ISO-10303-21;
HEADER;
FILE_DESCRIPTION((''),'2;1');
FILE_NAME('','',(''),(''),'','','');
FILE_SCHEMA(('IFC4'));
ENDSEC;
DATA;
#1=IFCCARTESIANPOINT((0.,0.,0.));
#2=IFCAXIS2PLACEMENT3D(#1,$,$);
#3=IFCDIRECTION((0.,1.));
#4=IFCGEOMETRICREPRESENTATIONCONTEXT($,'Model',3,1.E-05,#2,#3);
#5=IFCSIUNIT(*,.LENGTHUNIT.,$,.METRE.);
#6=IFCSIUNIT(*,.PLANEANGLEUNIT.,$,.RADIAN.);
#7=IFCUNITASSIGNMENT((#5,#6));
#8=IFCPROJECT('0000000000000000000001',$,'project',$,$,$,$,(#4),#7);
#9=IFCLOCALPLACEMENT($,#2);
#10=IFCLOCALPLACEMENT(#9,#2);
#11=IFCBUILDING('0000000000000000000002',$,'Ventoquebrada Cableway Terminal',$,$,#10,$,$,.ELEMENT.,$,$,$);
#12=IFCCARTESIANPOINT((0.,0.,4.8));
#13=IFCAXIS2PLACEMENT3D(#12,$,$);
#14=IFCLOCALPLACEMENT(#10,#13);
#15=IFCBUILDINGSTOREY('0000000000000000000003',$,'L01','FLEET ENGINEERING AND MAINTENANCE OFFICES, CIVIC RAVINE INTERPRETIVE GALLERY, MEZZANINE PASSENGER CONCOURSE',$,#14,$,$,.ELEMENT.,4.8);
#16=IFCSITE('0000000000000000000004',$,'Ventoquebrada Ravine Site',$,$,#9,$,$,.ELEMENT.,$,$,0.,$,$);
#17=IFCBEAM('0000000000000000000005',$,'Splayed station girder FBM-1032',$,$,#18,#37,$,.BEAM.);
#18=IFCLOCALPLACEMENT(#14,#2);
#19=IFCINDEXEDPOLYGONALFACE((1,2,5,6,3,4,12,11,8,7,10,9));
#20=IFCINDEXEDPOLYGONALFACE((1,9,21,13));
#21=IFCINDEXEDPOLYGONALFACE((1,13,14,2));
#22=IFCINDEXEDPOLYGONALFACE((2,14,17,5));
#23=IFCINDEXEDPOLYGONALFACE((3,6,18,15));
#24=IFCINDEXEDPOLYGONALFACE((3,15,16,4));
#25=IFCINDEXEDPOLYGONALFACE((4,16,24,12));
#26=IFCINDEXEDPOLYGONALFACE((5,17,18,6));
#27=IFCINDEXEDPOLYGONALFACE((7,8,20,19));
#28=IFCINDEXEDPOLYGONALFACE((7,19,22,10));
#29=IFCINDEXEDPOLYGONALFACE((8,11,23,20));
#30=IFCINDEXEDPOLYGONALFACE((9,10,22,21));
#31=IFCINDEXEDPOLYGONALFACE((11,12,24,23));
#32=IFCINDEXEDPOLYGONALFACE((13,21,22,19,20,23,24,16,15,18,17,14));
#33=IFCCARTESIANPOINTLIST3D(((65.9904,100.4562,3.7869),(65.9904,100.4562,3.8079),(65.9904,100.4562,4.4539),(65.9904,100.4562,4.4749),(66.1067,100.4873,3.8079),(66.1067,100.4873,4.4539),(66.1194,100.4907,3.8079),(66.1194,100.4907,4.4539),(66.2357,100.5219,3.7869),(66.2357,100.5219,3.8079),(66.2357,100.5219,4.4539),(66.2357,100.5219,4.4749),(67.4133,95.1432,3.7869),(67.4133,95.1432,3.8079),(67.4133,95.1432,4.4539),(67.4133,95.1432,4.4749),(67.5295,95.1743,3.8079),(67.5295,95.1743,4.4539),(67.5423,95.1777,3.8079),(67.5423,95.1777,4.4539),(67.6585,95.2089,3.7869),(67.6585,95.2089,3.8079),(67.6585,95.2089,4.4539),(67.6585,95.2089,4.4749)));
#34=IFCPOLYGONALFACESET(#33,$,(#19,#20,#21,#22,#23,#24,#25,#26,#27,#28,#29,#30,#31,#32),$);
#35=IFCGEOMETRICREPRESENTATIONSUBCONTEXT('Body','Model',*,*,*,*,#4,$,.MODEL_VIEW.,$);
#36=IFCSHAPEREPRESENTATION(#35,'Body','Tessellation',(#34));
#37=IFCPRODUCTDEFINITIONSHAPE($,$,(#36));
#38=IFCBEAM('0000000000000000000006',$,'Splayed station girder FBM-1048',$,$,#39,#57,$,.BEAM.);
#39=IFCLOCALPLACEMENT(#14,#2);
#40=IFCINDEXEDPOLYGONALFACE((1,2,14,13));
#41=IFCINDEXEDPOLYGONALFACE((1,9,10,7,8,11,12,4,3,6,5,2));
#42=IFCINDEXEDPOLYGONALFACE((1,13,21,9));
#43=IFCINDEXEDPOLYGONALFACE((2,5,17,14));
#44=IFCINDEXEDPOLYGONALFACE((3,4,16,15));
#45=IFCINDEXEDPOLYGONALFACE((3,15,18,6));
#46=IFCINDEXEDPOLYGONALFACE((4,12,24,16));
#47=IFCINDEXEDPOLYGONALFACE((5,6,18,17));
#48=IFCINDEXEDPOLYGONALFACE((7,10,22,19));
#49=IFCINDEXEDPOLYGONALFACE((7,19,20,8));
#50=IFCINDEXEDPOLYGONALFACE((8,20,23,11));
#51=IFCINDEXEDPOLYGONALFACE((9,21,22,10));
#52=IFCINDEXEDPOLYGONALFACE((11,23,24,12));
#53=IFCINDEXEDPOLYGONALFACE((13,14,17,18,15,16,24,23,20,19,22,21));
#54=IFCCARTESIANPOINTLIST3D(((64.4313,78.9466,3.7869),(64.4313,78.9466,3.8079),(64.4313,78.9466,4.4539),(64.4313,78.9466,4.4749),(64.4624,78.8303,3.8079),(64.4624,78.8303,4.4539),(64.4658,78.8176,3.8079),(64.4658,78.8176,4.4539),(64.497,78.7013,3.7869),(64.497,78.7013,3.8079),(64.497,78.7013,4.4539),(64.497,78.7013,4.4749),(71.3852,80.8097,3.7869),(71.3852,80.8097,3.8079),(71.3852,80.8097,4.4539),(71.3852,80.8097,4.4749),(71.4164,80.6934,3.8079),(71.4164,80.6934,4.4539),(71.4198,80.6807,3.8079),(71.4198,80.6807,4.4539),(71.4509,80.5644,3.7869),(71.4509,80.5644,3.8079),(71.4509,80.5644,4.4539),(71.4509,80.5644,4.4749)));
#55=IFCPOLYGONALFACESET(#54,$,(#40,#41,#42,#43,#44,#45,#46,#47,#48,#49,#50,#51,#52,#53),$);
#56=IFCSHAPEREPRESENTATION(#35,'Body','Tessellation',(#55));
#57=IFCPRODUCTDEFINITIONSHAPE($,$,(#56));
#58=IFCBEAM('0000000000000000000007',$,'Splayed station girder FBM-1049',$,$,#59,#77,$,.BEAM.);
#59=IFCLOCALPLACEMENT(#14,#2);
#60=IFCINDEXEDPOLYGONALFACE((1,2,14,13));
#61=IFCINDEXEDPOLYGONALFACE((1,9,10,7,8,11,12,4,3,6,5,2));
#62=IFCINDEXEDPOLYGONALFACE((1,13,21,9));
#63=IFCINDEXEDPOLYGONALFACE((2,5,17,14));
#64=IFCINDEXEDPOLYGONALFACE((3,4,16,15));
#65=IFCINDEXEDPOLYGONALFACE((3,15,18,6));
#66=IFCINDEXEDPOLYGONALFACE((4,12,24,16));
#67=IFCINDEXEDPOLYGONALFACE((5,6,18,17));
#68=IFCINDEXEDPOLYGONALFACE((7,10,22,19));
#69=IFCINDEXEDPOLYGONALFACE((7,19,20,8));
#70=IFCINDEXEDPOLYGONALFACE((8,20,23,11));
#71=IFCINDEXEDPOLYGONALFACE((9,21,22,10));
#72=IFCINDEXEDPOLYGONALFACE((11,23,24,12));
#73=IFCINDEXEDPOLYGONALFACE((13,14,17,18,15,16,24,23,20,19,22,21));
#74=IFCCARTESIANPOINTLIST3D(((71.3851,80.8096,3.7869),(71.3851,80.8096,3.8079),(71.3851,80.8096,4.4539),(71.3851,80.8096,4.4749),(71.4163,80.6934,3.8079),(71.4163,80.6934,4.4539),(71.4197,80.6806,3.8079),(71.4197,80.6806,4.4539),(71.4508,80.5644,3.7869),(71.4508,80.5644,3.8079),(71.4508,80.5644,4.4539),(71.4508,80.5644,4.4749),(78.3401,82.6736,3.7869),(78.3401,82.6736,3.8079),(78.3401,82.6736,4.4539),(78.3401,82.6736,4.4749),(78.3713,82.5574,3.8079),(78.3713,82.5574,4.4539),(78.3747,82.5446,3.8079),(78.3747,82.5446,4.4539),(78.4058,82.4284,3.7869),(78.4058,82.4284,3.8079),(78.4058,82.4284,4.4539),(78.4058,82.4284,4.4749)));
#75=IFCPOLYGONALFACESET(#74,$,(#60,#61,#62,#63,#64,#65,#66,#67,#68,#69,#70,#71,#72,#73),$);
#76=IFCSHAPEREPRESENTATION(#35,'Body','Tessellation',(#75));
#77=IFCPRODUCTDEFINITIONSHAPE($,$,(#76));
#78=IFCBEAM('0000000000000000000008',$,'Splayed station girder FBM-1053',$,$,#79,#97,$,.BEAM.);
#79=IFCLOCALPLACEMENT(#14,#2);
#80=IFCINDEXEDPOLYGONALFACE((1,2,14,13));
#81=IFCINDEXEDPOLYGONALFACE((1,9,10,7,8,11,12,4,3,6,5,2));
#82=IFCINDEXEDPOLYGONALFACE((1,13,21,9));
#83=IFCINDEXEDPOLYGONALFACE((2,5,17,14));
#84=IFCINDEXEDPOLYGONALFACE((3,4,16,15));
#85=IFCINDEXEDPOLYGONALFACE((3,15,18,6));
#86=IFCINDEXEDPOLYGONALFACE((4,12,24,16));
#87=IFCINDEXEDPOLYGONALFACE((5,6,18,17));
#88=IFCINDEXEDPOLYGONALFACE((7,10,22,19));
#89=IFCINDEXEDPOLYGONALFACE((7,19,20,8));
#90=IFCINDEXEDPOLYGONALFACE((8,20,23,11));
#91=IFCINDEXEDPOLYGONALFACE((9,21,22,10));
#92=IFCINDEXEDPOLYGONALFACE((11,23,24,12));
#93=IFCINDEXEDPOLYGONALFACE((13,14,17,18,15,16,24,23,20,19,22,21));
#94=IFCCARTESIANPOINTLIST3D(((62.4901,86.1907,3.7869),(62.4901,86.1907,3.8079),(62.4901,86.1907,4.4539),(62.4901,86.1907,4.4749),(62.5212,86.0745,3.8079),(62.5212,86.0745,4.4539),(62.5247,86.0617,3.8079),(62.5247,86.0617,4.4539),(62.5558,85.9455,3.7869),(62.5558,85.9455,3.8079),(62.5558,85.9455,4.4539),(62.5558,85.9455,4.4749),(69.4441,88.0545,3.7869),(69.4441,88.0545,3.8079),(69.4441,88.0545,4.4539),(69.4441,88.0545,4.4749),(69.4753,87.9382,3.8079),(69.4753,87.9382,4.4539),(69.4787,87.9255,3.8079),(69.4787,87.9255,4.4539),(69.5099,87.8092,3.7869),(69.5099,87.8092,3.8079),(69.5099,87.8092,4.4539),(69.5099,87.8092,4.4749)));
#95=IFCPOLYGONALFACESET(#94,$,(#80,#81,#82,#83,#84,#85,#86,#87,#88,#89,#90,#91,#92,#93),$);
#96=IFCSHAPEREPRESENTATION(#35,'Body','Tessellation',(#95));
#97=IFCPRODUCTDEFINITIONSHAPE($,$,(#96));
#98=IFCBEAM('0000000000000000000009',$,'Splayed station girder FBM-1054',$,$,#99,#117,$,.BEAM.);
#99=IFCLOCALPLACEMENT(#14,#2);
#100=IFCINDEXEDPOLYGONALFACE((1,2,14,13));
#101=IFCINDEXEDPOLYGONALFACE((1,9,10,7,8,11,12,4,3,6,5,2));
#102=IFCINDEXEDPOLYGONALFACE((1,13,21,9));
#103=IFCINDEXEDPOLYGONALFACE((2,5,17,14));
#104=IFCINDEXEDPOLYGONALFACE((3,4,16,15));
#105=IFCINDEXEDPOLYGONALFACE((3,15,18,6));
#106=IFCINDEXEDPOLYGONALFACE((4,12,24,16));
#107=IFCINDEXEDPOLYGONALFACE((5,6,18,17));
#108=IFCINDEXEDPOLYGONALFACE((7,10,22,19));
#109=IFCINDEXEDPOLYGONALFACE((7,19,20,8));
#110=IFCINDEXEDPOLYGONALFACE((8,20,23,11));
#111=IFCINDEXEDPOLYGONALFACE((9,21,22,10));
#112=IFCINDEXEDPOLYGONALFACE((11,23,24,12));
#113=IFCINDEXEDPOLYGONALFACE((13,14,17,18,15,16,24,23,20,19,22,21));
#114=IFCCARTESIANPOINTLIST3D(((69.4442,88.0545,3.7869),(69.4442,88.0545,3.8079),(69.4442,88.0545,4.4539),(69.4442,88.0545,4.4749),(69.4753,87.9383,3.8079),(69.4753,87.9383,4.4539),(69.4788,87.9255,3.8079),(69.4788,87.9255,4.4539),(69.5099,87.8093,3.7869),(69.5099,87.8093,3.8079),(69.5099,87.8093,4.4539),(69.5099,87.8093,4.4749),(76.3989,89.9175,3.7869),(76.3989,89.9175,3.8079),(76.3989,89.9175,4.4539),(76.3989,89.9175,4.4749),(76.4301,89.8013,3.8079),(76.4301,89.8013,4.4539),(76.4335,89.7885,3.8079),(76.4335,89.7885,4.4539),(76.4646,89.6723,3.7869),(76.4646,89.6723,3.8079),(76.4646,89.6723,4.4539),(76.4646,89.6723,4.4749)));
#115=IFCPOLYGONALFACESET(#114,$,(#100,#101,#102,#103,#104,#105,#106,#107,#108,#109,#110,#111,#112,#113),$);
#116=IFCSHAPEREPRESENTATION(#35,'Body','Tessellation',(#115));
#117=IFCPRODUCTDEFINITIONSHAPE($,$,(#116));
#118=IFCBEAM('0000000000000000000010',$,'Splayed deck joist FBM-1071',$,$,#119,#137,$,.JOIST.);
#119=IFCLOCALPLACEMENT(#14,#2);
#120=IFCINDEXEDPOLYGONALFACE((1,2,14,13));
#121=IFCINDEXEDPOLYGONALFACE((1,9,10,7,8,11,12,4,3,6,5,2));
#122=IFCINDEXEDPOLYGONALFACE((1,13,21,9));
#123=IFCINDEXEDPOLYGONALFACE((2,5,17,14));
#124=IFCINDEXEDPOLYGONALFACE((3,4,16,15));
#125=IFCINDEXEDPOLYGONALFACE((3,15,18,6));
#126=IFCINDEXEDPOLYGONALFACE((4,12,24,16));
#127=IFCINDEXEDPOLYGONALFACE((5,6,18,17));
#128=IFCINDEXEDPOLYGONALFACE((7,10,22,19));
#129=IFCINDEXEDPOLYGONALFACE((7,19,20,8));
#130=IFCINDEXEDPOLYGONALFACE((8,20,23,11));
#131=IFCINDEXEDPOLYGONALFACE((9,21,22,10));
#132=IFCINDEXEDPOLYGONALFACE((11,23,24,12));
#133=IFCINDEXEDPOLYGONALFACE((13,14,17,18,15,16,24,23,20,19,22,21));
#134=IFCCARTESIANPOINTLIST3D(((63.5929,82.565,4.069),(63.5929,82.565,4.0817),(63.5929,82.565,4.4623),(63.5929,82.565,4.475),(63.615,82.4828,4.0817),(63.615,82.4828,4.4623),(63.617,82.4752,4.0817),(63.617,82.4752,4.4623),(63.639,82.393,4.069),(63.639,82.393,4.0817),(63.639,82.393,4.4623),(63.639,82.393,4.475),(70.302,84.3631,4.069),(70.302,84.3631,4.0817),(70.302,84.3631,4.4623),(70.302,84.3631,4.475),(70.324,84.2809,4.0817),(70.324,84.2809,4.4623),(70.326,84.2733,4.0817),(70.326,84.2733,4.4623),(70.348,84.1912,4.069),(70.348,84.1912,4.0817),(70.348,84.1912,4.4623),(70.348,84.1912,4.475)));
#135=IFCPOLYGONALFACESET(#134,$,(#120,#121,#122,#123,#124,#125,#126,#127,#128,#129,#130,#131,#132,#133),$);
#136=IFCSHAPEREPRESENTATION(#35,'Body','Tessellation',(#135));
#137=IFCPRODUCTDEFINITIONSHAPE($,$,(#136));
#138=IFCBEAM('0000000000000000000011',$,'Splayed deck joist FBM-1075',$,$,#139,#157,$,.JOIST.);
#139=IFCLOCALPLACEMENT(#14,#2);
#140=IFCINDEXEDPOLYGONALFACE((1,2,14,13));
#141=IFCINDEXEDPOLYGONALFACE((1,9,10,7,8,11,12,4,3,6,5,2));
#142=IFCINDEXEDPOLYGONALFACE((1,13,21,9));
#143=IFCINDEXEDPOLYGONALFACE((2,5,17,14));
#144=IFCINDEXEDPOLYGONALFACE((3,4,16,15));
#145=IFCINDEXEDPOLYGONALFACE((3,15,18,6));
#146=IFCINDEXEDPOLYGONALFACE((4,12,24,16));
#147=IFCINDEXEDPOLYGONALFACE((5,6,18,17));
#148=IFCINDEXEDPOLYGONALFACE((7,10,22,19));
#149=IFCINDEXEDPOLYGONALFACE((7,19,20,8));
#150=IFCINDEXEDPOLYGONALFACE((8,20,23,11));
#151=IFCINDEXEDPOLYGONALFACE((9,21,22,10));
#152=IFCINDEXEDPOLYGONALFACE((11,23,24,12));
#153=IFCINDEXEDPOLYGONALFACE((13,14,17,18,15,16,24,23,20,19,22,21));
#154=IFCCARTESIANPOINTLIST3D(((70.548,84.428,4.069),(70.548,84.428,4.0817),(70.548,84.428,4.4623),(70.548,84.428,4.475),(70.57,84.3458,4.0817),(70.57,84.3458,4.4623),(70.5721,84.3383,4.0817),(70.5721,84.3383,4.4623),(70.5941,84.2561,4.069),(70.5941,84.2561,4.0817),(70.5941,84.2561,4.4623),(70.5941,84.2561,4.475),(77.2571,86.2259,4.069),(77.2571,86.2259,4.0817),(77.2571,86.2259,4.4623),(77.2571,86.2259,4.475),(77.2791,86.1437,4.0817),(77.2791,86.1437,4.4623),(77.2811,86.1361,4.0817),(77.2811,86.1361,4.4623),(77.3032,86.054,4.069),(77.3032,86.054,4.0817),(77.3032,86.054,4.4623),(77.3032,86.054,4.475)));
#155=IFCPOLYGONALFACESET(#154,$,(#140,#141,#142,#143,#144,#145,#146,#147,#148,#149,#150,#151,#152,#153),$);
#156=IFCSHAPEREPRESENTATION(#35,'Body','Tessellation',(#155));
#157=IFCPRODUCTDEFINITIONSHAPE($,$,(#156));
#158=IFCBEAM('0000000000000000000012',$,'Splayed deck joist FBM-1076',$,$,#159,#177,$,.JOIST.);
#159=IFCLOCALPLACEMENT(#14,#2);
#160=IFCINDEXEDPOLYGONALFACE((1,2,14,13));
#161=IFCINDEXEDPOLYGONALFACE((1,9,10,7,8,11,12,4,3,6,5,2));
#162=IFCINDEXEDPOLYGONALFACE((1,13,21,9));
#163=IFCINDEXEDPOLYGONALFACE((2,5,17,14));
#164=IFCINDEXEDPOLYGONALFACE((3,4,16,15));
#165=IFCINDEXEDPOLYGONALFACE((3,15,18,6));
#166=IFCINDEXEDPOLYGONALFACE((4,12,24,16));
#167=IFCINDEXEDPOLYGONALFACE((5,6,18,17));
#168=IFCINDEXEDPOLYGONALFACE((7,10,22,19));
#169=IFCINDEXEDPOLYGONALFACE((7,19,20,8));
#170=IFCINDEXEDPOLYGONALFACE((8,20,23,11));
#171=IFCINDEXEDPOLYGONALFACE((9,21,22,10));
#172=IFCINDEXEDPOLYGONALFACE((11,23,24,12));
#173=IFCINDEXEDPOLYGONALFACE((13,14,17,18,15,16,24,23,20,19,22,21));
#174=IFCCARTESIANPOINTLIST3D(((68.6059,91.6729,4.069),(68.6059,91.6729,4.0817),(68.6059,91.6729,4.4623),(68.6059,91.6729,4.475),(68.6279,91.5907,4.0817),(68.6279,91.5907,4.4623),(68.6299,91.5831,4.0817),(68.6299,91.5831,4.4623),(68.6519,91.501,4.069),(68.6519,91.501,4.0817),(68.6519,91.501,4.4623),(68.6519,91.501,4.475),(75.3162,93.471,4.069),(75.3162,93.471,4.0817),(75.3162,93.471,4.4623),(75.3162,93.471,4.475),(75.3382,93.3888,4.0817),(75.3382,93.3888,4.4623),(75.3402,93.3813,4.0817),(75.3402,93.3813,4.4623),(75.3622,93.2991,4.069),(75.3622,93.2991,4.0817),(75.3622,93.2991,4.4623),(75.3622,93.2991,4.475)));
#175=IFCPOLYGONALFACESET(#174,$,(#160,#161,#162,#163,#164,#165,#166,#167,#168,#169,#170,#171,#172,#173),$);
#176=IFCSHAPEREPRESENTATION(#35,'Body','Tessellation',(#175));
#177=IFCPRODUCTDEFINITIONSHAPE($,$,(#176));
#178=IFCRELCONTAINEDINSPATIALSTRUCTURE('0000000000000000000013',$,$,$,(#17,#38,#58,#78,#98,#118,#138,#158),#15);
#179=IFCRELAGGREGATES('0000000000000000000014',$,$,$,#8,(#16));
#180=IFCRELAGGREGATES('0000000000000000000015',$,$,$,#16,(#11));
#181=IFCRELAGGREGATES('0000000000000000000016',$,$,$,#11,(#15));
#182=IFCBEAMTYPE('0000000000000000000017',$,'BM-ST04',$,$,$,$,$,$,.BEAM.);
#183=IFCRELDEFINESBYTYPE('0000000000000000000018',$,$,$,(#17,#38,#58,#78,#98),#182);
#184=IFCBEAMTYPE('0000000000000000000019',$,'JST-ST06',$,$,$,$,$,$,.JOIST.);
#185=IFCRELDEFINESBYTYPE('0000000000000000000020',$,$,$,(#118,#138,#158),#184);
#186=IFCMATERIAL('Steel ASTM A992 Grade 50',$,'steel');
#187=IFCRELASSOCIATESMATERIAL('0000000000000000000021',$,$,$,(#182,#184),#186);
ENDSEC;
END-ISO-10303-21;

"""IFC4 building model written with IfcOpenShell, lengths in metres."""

from ifc_helpers import new_model, si_unit, direction, frame, origin, origin_2d, place, context, subcontext, project, spatial, i_section, extrude, material, material_profile, profile_set, type_object, element, save


model = new_model("IFC4")

# Units and contexts
model_context = context("Model", 3, precision=1e-05, world=origin(), true_north=direction((0.0, 1.0)))
body_context = subcontext(model_context, "Body", "Model", "MODEL_VIEW")
ifc_project = project(units=[si_unit("LENGTHUNIT", "METRE"), si_unit("PLANEANGLEUNIT", "RADIAN")], contexts=[model_context])

# Site, building, storey
site_placement = place(None, origin())
site = spatial("IfcSite", under=ifc_project, at=site_placement, Name="Ventoquebrada Ravine Site", CompositionType="ELEMENT", RefElevation=0.0)
building_placement = place(site_placement, origin())
building = spatial("IfcBuilding", under=site, at=building_placement, Name="Ventoquebrada Cableway Terminal", CompositionType="ELEMENT")
storey_placement = place(building_placement, frame((0.0, 0.0, 4.8)))
storey = spatial("IfcBuildingStorey", under=building, at=storey_placement, Name="L01", Description="FLEET ENGINEERING AND MAINTENANCE OFFICES, CIVIC RAVINE INTERPRETIVE GALLERY, MEZZANINE PASSENGER CONCOURSE", CompositionType="ELEMENT", Elevation=4.8)

# Shared definitions
ifc_material_1 = material(Name="Steel ASTM A992 Grade 50", Category="steel")

# Beams
ifc_material_profile_1 = material_profile(ifc_material_1, i_section(OverallWidth=0.2539, OverallDepth=0.688, WebThickness=0.0132, FlangeThickness=0.021, at=origin_2d()), Name="W27X102")
ifc_profile_set_1 = profile_set([ifc_material_profile_1], Name="Steel ASTM A992 Grade 50")
beam_type_1 = type_object("IfcBeamType", Name="BM-ST04", PredefinedType="BEAM", material=ifc_profile_set_1)
beam_1_placement = place(storey_placement, frame((67.5359, 95.176, 4.1309), z_axis=(-0.25869, 0.96596, 0.0), x_axis=(-0.96596, -0.25869, 0.0)))
element("IfcBeam", 1, at=beam_1_placement, inside=storey, type_object=beam_type_1, Name="Splayed station girder FBM-1032", PredefinedType="BEAM", context=body_context, shape_type="SweptSolid", body=[
    extrude(i_section(OverallWidth=0.2539, OverallDepth=0.688, WebThickness=0.0132, FlangeThickness=0.021, at=origin_2d()), origin(), (0.0, 0.0, 1.0), 5.5002),
])
beam_2_placement = place(storey_placement, frame((64.4641, 78.824, 4.1309), z_axis=(0.965934, 0.258788, 0.0), x_axis=(-0.258788, 0.965934, 0.0)))
element("IfcBeam", 2, at=beam_2_placement, inside=storey, type_object=beam_type_1, Name="Splayed station girder FBM-1048", PredefinedType="BEAM", context=body_context, shape_type="SweptSolid", body=[
    extrude(i_section(OverallWidth=0.2539, OverallDepth=0.688, WebThickness=0.0132, FlangeThickness=0.021, at=origin_2d()), origin(), (0.0, 0.0, 1.0), 7.1992),
])
beam_3_placement = place(storey_placement, frame((71.418, 80.687, 4.1309), z_axis=(0.965912, 0.258872, 0.0), x_axis=(-0.258872, 0.965912, 0.0)))
element("IfcBeam", 3, at=beam_3_placement, inside=storey, type_object=beam_type_1, Name="Splayed station girder FBM-1049", PredefinedType="BEAM", context=body_context, shape_type="SweptSolid", body=[
    extrude(i_section(OverallWidth=0.2539, OverallDepth=0.688, WebThickness=0.0132, FlangeThickness=0.021, at=origin_2d()), origin(), (0.0, 0.0, 1.0), 7.2004),
])
beam_4_placement = place(storey_placement, frame((62.5229, 86.0681, 4.1309), z_axis=(0.965911, 0.258874, 0.0), x_axis=(-0.258874, 0.965911, 0.0)))
element("IfcBeam", 4, at=beam_4_placement, inside=storey, type_object=beam_type_1, Name="Splayed station girder FBM-1053", PredefinedType="BEAM", context=body_context, shape_type="SweptSolid", body=[
    extrude(i_section(OverallWidth=0.2539, OverallDepth=0.688, WebThickness=0.0132, FlangeThickness=0.021, at=origin_2d()), origin(), (0.0, 0.0, 1.0), 7.1995),
])
beam_5_placement = place(storey_placement, frame((69.4771, 87.9319, 4.1309), z_axis=(0.965943, 0.258754, 0.0), x_axis=(-0.258754, 0.965943, 0.0)))
element("IfcBeam", 5, at=beam_5_placement, inside=storey, type_object=beam_type_1, Name="Splayed station girder FBM-1054", PredefinedType="BEAM", context=body_context, shape_type="SweptSolid", body=[
    extrude(i_section(OverallWidth=0.2539, OverallDepth=0.688, WebThickness=0.0132, FlangeThickness=0.021, at=origin_2d()), origin(), (0.0, 0.0, 1.0), 7.2),
])
ifc_material_profile_2 = material_profile(ifc_material_1, i_section(OverallWidth=0.178, OverallDepth=0.406, WebThickness=0.0078, FlangeThickness=0.0127, at=origin_2d()), Name="W16X40")
ifc_profile_set_2 = profile_set([ifc_material_profile_2], Name="Steel ASTM A992 Grade 50")
beam_type_2 = type_object("IfcBeamType", Name="JST-ST06", PredefinedType="JOIST", material=ifc_profile_set_2)
for number, where, z_axis, x_axis, name in (
    (6, (63.616, 82.479, 4.272), (0.96591, 0.258877, 0.0), (-0.258877, 0.96591, 0.0), "Splayed deck joist FBM-1071"),
    (7, (70.571, 84.342, 4.272), (0.965919, 0.258844, 0.0), (-0.258844, 0.965919, 0.0), "Splayed deck joist FBM-1075"),
):
    element("IfcBeam", number, at=place(storey_placement, frame(where, z_axis=z_axis, x_axis=x_axis)), inside=storey, type_object=beam_type_2, Name=name, PredefinedType="JOIST", context=body_context, shape_type="SweptSolid", body=[
        extrude(i_section(OverallWidth=0.178, OverallDepth=0.406, WebThickness=0.0078, FlangeThickness=0.0127, at=origin_2d()), origin(), (0.0, 0.0, 1.0), 6.9458),
    ])
beam_6_placement = place(storey_placement, frame((68.6289, 91.5869, 4.272), z_axis=(0.965922, 0.258833, 0.0), x_axis=(-0.258833, 0.965922, 0.0)))
element("IfcBeam", 8, at=beam_6_placement, inside=storey, type_object=beam_type_2, Name="Splayed deck joist FBM-1076", PredefinedType="JOIST", context=body_context, shape_type="SweptSolid", body=[
    extrude(i_section(OverallWidth=0.178, OverallDepth=0.406, WebThickness=0.0078, FlangeThickness=0.0127, at=origin_2d()), origin(), (0.0, 0.0, 1.0), 6.947),
])

save(model, "model.ifc")
